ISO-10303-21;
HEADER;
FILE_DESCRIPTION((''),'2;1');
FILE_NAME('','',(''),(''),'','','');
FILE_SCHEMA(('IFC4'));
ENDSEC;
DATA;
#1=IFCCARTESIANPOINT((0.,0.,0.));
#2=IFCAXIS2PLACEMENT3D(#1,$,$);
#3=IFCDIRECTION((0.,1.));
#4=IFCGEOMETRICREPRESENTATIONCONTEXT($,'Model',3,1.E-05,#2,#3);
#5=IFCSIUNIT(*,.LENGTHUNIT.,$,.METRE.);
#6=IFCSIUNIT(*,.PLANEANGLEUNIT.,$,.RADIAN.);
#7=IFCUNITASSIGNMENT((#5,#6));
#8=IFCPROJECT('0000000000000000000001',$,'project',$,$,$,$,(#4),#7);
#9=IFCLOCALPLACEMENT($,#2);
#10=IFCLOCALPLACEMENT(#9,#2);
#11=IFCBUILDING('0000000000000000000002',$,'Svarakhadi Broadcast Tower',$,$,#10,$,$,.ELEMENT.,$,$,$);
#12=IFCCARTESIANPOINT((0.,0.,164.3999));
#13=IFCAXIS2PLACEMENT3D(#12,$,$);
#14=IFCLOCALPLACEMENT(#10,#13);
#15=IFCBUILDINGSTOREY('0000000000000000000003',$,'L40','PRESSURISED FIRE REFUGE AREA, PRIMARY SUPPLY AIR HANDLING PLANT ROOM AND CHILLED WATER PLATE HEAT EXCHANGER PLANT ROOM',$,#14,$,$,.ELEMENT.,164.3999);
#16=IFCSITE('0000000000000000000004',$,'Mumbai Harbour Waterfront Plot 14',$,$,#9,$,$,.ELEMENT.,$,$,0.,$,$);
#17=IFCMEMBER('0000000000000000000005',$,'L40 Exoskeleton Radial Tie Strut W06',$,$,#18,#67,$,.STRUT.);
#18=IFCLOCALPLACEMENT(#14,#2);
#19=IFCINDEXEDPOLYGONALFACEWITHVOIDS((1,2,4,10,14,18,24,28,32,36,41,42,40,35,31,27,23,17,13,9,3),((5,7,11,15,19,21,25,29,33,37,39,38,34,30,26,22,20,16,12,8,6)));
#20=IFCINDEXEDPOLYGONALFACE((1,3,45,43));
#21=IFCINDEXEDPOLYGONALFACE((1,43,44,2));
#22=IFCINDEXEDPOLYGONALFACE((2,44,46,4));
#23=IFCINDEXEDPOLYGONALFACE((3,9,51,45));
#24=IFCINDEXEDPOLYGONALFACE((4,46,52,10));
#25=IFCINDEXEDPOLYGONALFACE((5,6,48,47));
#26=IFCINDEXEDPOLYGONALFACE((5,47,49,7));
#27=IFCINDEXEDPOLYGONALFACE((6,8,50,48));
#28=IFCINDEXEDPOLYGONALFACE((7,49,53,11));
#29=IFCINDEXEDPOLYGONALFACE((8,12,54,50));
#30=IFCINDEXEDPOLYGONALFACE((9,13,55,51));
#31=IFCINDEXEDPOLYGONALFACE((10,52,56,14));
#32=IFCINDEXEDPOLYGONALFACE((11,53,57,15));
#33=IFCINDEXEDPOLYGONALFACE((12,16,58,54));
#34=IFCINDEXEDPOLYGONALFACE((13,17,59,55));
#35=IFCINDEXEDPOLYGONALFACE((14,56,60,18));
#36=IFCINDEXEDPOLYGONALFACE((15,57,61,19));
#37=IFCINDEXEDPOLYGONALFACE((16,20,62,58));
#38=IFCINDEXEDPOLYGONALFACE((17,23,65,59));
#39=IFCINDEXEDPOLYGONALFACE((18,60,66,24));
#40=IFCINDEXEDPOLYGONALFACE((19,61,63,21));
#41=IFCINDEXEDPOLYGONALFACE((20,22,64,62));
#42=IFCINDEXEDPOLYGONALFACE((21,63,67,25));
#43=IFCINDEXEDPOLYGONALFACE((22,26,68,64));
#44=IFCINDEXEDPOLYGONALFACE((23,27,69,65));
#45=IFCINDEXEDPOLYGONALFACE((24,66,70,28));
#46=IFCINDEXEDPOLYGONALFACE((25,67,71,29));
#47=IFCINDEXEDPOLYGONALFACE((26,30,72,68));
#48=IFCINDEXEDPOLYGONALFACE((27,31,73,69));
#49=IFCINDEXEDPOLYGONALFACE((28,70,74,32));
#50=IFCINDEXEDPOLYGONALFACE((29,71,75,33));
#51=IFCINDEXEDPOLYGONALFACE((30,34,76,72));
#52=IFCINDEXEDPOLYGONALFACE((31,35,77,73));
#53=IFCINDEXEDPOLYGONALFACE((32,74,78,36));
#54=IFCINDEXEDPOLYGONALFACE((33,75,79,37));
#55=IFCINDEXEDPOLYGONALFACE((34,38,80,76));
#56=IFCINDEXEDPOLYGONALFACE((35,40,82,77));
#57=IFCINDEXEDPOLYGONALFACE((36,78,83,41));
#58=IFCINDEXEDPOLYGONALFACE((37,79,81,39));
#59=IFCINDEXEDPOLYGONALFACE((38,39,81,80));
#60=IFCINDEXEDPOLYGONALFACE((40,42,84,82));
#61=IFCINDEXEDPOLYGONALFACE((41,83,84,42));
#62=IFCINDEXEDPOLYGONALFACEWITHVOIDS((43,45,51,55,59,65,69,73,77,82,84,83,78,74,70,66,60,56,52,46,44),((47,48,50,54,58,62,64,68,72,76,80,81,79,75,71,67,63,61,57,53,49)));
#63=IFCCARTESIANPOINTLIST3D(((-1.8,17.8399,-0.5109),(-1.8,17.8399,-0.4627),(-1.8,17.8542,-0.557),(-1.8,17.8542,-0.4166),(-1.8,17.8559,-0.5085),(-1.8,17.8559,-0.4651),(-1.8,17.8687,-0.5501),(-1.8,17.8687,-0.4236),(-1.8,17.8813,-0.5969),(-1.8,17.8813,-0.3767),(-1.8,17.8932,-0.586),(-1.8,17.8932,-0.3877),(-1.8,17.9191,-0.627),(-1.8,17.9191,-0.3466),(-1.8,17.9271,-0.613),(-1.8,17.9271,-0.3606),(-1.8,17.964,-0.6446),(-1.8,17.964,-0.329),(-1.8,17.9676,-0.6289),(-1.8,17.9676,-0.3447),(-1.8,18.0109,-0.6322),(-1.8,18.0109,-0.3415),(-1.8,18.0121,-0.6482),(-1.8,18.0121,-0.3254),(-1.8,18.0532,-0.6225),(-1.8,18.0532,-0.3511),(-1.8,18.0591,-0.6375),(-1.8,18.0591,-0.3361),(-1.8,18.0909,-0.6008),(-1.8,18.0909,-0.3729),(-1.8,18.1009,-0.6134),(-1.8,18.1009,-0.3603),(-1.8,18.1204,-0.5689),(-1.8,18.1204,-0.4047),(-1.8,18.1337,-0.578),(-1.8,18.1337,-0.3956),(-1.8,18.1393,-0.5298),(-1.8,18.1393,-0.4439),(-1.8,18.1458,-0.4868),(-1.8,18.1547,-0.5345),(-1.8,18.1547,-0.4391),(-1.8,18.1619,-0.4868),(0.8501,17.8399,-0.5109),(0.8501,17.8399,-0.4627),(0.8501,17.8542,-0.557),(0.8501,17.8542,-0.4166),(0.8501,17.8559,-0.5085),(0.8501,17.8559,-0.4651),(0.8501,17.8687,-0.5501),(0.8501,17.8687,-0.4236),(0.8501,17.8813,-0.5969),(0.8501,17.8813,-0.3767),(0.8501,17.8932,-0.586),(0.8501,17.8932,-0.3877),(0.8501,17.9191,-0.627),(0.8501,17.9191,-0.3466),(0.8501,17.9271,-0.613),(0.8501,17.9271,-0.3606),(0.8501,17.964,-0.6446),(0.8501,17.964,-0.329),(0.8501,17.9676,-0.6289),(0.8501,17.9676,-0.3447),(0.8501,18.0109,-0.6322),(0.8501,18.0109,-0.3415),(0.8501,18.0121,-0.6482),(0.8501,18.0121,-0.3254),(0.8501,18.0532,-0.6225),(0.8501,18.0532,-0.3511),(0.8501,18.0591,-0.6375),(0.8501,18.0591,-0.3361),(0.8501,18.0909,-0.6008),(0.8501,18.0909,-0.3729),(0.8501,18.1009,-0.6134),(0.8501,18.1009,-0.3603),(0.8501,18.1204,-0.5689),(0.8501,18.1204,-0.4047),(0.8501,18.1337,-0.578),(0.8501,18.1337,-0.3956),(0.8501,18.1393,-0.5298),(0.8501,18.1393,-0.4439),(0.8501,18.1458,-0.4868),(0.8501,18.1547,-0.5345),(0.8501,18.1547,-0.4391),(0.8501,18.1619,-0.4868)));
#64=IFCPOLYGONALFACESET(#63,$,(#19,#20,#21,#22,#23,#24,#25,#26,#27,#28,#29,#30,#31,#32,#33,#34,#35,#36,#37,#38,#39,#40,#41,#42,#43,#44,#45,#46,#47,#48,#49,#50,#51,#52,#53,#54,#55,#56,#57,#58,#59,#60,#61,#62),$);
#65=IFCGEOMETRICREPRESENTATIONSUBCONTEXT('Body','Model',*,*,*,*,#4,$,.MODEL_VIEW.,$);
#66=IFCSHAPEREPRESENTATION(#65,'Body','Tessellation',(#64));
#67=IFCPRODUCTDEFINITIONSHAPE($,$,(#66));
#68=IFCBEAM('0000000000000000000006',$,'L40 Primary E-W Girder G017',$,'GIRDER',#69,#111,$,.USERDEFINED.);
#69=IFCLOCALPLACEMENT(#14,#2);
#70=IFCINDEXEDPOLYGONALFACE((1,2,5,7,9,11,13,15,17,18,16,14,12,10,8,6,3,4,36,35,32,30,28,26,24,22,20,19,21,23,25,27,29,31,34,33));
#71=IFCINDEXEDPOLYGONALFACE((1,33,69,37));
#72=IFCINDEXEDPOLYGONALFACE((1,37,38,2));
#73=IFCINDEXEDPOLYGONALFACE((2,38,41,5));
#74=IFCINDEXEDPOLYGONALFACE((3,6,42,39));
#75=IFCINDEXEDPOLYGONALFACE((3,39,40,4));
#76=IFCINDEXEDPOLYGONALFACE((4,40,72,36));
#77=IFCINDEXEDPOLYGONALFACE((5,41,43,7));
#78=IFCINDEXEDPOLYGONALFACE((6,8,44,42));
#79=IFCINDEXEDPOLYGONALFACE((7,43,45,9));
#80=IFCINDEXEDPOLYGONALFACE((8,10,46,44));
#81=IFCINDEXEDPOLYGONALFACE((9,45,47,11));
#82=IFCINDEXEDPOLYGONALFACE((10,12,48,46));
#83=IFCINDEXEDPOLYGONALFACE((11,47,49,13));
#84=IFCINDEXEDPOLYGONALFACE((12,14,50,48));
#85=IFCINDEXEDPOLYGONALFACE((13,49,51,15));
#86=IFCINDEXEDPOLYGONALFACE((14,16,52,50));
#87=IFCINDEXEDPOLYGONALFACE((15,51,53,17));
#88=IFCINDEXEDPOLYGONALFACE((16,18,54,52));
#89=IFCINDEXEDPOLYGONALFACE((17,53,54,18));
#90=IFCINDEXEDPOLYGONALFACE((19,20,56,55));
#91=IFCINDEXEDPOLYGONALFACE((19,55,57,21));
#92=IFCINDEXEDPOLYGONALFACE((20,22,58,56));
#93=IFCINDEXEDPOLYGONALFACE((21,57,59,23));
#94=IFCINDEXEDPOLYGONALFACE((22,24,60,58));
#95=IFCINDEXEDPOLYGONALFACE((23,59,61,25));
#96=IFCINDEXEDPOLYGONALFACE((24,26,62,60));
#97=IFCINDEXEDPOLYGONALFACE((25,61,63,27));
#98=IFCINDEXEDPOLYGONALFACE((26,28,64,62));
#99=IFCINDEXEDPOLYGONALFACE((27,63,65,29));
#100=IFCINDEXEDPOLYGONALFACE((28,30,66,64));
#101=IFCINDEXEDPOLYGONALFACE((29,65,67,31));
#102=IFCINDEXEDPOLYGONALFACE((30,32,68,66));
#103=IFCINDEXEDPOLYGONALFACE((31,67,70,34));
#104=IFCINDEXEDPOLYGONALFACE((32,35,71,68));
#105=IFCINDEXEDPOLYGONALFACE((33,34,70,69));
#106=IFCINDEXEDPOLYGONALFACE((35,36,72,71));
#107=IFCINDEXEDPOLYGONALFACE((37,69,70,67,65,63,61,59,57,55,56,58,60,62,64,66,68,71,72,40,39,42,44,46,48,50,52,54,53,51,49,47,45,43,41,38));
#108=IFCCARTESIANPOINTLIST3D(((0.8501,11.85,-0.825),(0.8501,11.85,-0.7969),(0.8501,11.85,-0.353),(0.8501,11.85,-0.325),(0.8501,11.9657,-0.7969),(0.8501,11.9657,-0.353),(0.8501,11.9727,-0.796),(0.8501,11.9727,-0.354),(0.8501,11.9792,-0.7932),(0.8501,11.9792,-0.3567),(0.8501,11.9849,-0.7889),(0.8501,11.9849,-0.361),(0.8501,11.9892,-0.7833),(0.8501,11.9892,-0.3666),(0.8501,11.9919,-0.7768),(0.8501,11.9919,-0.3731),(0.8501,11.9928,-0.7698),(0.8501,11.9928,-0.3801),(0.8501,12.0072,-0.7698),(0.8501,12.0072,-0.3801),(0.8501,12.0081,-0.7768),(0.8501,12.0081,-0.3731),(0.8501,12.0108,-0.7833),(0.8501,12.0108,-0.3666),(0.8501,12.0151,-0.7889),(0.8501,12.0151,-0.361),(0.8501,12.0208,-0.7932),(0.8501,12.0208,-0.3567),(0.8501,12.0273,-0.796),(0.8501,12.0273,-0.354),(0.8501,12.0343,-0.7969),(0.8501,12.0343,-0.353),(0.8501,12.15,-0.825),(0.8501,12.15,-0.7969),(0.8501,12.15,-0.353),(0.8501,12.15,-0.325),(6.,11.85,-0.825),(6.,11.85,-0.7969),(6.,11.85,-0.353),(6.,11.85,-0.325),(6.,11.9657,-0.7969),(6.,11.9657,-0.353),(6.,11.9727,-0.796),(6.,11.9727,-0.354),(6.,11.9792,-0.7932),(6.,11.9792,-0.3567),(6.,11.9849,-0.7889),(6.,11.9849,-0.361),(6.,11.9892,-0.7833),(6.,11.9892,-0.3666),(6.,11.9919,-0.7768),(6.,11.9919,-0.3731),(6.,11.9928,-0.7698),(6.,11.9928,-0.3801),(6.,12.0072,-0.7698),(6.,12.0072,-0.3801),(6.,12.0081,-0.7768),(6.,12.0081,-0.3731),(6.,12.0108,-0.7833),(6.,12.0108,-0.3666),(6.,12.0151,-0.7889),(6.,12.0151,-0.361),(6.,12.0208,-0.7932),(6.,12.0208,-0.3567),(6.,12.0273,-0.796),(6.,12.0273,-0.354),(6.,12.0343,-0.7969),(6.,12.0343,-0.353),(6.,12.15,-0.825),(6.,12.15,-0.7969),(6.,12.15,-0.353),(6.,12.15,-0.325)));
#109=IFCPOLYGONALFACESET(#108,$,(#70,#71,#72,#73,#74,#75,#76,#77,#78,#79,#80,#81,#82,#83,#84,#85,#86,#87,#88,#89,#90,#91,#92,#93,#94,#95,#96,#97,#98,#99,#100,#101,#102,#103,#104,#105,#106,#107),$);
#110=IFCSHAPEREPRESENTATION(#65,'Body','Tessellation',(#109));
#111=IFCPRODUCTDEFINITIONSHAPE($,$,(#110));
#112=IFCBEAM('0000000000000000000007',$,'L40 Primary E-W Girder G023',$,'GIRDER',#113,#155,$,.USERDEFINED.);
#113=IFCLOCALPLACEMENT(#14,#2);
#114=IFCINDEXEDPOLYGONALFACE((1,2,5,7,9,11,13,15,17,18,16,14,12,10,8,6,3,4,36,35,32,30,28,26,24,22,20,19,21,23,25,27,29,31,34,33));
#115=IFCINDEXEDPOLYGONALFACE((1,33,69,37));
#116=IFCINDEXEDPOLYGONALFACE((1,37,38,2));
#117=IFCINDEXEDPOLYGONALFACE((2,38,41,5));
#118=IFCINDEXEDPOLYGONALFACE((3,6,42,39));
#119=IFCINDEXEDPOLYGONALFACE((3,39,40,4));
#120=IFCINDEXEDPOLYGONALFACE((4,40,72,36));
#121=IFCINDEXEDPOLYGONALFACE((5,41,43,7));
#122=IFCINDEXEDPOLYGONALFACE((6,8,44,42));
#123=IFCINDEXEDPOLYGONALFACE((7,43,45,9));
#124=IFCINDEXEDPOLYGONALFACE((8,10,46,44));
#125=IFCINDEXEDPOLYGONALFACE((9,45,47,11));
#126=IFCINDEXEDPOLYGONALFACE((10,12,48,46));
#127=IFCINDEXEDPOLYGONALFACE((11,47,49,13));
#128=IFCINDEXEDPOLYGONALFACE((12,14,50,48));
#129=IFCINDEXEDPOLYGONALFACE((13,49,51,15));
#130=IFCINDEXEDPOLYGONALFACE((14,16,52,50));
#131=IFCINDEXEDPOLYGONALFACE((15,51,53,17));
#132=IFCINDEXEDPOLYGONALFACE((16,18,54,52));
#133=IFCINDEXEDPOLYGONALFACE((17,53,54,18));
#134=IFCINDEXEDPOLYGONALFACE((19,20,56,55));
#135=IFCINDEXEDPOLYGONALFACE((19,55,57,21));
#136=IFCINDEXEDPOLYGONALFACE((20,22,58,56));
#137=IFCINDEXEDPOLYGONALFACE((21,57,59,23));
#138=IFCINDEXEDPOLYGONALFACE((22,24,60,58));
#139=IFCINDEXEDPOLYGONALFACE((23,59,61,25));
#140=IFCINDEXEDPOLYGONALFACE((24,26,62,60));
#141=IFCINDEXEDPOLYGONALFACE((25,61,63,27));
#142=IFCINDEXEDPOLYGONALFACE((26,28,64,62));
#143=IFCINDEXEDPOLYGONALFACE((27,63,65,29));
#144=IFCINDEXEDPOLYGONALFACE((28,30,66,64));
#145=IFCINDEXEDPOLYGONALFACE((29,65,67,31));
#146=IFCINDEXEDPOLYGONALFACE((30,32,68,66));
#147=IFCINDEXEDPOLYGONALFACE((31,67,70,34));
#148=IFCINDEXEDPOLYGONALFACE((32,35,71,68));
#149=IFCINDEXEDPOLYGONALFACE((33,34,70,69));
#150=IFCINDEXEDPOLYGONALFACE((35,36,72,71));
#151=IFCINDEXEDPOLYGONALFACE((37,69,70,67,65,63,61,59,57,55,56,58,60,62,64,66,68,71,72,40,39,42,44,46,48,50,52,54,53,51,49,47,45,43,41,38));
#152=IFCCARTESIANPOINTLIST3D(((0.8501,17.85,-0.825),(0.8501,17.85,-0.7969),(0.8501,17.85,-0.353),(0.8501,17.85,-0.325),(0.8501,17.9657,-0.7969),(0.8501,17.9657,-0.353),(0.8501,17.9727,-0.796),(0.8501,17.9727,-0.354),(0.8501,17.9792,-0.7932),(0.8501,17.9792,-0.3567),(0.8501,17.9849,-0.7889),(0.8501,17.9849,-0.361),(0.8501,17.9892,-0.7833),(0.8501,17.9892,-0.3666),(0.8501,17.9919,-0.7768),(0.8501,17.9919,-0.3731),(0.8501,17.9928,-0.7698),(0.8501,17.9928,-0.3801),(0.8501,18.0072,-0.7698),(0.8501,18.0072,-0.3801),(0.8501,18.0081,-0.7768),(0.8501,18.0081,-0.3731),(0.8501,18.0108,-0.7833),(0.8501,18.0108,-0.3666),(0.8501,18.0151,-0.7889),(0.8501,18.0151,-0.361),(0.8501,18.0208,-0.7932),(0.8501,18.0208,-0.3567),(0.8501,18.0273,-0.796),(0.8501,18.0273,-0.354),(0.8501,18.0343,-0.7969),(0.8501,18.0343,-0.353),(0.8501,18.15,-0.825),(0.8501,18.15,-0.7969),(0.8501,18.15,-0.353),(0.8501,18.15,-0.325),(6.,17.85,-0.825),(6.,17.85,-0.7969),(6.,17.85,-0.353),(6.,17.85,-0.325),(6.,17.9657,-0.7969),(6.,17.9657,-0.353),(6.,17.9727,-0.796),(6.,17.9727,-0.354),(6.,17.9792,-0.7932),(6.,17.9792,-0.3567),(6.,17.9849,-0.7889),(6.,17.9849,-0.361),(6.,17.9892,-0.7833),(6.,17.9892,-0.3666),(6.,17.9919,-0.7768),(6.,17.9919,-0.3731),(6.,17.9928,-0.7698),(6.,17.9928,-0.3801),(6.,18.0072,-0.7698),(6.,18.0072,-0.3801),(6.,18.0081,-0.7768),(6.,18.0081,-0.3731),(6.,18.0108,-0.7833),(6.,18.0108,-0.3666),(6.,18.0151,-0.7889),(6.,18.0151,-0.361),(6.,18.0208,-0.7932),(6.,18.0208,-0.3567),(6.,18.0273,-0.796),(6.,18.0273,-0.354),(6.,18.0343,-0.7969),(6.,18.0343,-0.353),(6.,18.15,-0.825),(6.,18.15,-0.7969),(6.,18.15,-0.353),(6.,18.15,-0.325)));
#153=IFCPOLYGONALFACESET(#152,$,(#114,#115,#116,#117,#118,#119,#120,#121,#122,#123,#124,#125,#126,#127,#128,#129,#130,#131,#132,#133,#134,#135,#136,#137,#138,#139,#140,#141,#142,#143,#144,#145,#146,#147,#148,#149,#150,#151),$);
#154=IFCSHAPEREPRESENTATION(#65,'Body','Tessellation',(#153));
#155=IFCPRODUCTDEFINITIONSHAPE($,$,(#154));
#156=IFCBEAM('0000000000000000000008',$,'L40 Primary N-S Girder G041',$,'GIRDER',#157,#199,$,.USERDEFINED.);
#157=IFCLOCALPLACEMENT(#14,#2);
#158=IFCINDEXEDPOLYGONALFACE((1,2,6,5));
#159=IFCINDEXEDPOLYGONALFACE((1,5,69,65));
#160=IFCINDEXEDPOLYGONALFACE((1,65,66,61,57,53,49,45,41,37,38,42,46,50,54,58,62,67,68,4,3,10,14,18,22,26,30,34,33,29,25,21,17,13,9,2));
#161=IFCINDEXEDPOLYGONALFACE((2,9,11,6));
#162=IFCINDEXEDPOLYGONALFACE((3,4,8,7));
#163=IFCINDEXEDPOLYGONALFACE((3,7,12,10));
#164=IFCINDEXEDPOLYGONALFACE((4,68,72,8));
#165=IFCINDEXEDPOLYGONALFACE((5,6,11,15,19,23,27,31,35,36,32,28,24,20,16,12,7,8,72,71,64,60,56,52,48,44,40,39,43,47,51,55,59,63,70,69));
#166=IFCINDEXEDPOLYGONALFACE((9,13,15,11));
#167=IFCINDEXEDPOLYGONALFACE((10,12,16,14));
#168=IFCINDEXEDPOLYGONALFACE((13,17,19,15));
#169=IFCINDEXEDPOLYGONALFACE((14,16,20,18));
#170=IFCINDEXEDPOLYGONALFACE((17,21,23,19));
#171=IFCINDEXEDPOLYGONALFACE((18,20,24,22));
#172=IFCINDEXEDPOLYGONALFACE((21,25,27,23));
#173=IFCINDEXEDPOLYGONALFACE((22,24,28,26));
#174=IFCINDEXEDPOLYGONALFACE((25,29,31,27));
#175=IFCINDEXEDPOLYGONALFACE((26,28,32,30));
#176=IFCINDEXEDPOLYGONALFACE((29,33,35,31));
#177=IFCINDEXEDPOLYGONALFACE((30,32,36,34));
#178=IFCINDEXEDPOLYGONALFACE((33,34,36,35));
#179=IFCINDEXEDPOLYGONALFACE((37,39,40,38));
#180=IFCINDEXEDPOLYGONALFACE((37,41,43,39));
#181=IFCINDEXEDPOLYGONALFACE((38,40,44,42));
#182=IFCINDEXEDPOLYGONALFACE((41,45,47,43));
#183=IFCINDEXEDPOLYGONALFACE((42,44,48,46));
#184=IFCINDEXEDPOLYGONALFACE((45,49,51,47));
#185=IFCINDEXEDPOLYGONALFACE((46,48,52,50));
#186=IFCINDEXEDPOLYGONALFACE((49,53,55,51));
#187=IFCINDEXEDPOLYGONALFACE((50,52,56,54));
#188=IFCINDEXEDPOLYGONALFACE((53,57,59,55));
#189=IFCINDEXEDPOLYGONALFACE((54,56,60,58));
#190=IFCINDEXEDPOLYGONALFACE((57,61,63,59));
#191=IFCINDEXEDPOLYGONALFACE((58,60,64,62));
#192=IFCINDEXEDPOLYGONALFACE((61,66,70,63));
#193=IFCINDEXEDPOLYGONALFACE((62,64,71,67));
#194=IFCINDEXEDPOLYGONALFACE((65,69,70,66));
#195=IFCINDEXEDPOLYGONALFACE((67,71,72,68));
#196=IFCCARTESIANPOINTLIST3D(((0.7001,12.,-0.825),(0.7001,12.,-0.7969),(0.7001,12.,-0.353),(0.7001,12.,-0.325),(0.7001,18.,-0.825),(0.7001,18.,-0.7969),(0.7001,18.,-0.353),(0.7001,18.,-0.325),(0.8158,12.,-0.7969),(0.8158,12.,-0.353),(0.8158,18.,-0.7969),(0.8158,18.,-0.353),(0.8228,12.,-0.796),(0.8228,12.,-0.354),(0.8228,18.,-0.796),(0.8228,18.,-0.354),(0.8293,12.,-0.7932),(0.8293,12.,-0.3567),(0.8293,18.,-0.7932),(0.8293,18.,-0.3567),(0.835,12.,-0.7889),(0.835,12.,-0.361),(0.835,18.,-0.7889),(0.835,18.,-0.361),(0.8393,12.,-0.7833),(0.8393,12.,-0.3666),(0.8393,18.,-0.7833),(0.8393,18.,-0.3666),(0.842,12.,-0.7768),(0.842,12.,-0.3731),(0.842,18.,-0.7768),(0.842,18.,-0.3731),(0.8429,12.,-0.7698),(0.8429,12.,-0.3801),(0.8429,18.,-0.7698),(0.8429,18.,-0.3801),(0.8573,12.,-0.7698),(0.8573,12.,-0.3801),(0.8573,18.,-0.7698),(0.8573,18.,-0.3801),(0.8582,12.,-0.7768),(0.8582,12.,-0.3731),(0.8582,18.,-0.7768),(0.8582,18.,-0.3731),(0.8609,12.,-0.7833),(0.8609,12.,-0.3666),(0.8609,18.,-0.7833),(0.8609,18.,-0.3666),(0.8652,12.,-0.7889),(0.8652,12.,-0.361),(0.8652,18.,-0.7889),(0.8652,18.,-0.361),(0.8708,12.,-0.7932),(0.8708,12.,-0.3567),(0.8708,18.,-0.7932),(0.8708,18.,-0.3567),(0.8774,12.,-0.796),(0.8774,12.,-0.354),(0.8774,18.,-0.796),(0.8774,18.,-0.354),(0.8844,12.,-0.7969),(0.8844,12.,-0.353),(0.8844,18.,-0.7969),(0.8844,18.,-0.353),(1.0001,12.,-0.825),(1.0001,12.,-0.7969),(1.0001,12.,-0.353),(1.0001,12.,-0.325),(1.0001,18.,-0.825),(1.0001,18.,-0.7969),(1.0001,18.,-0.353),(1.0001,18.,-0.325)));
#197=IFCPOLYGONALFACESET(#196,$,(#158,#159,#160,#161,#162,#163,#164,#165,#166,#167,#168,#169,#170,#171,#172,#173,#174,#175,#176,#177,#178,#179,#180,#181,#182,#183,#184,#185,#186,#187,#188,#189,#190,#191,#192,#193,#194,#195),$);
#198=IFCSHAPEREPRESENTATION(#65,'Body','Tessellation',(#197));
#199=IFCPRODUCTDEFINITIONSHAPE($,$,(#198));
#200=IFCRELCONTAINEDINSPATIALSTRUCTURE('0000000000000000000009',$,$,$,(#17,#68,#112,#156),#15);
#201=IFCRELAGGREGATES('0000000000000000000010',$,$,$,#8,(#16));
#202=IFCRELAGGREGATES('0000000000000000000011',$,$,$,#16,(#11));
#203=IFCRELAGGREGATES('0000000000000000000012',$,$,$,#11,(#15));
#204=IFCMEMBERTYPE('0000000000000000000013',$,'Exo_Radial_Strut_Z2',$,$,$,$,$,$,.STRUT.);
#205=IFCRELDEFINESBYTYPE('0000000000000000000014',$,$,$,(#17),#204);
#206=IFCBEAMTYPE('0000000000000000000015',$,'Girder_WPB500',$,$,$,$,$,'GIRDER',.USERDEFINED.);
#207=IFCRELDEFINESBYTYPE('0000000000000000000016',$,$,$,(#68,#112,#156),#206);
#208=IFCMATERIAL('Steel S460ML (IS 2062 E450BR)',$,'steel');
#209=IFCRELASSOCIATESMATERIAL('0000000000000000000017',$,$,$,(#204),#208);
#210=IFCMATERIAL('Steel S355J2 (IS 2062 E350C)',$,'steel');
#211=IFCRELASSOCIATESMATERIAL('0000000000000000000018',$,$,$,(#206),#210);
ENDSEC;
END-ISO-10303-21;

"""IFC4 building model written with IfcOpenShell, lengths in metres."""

from ifc_helpers import new_model, si_unit, direction, frame, origin, origin_2d, place, context, subcontext, project, spatial, hollow_circle, i_section, extrude, material, material_profile, profile_set, type_object, element, save


model = new_model("IFC4")

# Units and contexts
model_context = context("Model", 3, precision=1e-05, world=origin(), true_north=direction((0.0, 1.0)))
body_context = subcontext(model_context, "Body", "Model", "MODEL_VIEW")
ifc_project = project(units=[si_unit("LENGTHUNIT", "METRE"), si_unit("PLANEANGLEUNIT", "RADIAN")], contexts=[model_context])

# Site, building, storey
site_placement = place(None, origin())
site = spatial("IfcSite", under=ifc_project, at=site_placement, Name="Mumbai Harbour Waterfront Plot 14", CompositionType="ELEMENT", RefElevation=0.0)
building_placement = place(site_placement, origin())
building = spatial("IfcBuilding", under=site, at=building_placement, Name="Svarakhadi Broadcast Tower", CompositionType="ELEMENT")
storey_placement = place(building_placement, frame((0.0, 0.0, 164.3999)))
storey = spatial("IfcBuildingStorey", under=building, at=storey_placement, Name="L40", Description="PRESSURISED FIRE REFUGE AREA, PRIMARY SUPPLY AIR HANDLING PLANT ROOM AND CHILLED WATER PLATE HEAT EXCHANGER PLANT ROOM", CompositionType="ELEMENT", Elevation=164.3999)

# Shared definitions
ifc_material_1 = material(Name="Steel S460ML (IS 2062 E450BR)", Category="steel")

# Shared definitions
ifc_material_2 = material(Name="Steel S355J2 (IS 2062 E350C)", Category="steel")

# Member
ifc_material_profile_1 = material_profile(ifc_material_1, hollow_circle(Radius=0.1619, WallThickness=0.0161, at=origin_2d()), Name="CHS 323.9x16")
ifc_profile_set_1 = profile_set([ifc_material_profile_1], Name="Steel S460ML (IS 2062 E450BR)")
member_type_1 = type_object("IfcMemberType", Name="Exo_Radial_Strut_Z2", PredefinedType="STRUT", material=ifc_profile_set_1)
member_1_placement = place(storey_placement, frame((-1.8, 18.0, -0.4868), z_axis=(1.0, 0.0, 0.0), x_axis=(0.0, 1.0, 0.0)))
element("IfcMember", 1, at=member_1_placement, inside=storey, type_object=member_type_1, Name="L40 Exoskeleton Radial Tie Strut W06", PredefinedType="STRUT", context=body_context, shape_type="SweptSolid", body=[
    extrude(hollow_circle(Radius=0.1619, WallThickness=0.0161, at=origin_2d()), origin(), (0.0, 0.0, 1.0), 2.6501),
])

# Beams
ifc_material_profile_2 = material_profile(ifc_material_2, i_section(OverallWidth=0.3, OverallDepth=0.5, WebThickness=0.0144, FlangeThickness=0.0281, FilletRadius=0.0271, at=origin_2d()), Name="WPB 500x300x187")
ifc_profile_set_2 = profile_set([ifc_material_profile_2], Name="Steel S355J2 (IS 2062 E350C)")
beam_type_1 = type_object("IfcBeamType", Name="Girder_WPB500", ElementType="GIRDER", PredefinedType="USERDEFINED", material=ifc_profile_set_2)
for number, where, z_axis, x_axis, name in (
    (2, (0.8501, 12.0, -0.575), (1.0, 0.0, 0.0), (0.0, 1.0, 0.0), "L40 Primary E-W Girder G017"),
    (3, (0.8501, 18.0, -0.575), (1.0, 0.0, 0.0), (0.0, 1.0, 0.0), "L40 Primary E-W Girder G023"),
):
    element("IfcBeam", number, at=place(storey_placement, frame(where, z_axis=z_axis, x_axis=x_axis)), inside=storey, type_object=beam_type_1, Name=name, ObjectType="GIRDER", PredefinedType="USERDEFINED", context=body_context, shape_type="SweptSolid", body=[
        extrude(i_section(OverallWidth=0.3, OverallDepth=0.5, WebThickness=0.0144, FlangeThickness=0.0281, FilletRadius=0.0271, at=origin_2d()), origin(), (0.0, 0.0, 1.0), 5.1499),
    ])
for number, where, z_axis, x_axis, name in (
    (4, (0.8501, 12.0, -0.575), (0.0, 1.0, 0.0), (-1.0, 0.0, 0.0), "L40 Primary N-S Girder G041"),
):
    element("IfcBeam", number, at=place(storey_placement, frame(where, z_axis=z_axis, x_axis=x_axis)), inside=storey, type_object=beam_type_1, Name=name, ObjectType="GIRDER", PredefinedType="USERDEFINED", context=body_context, shape_type="SweptSolid", body=[
        extrude(i_section(OverallWidth=0.3, OverallDepth=0.5, WebThickness=0.0144, FlangeThickness=0.0281, FilletRadius=0.0271, at=origin_2d()), origin(), (0.0, 0.0, 1.0), 6.0),
    ])

save(model, "model.ifc")
